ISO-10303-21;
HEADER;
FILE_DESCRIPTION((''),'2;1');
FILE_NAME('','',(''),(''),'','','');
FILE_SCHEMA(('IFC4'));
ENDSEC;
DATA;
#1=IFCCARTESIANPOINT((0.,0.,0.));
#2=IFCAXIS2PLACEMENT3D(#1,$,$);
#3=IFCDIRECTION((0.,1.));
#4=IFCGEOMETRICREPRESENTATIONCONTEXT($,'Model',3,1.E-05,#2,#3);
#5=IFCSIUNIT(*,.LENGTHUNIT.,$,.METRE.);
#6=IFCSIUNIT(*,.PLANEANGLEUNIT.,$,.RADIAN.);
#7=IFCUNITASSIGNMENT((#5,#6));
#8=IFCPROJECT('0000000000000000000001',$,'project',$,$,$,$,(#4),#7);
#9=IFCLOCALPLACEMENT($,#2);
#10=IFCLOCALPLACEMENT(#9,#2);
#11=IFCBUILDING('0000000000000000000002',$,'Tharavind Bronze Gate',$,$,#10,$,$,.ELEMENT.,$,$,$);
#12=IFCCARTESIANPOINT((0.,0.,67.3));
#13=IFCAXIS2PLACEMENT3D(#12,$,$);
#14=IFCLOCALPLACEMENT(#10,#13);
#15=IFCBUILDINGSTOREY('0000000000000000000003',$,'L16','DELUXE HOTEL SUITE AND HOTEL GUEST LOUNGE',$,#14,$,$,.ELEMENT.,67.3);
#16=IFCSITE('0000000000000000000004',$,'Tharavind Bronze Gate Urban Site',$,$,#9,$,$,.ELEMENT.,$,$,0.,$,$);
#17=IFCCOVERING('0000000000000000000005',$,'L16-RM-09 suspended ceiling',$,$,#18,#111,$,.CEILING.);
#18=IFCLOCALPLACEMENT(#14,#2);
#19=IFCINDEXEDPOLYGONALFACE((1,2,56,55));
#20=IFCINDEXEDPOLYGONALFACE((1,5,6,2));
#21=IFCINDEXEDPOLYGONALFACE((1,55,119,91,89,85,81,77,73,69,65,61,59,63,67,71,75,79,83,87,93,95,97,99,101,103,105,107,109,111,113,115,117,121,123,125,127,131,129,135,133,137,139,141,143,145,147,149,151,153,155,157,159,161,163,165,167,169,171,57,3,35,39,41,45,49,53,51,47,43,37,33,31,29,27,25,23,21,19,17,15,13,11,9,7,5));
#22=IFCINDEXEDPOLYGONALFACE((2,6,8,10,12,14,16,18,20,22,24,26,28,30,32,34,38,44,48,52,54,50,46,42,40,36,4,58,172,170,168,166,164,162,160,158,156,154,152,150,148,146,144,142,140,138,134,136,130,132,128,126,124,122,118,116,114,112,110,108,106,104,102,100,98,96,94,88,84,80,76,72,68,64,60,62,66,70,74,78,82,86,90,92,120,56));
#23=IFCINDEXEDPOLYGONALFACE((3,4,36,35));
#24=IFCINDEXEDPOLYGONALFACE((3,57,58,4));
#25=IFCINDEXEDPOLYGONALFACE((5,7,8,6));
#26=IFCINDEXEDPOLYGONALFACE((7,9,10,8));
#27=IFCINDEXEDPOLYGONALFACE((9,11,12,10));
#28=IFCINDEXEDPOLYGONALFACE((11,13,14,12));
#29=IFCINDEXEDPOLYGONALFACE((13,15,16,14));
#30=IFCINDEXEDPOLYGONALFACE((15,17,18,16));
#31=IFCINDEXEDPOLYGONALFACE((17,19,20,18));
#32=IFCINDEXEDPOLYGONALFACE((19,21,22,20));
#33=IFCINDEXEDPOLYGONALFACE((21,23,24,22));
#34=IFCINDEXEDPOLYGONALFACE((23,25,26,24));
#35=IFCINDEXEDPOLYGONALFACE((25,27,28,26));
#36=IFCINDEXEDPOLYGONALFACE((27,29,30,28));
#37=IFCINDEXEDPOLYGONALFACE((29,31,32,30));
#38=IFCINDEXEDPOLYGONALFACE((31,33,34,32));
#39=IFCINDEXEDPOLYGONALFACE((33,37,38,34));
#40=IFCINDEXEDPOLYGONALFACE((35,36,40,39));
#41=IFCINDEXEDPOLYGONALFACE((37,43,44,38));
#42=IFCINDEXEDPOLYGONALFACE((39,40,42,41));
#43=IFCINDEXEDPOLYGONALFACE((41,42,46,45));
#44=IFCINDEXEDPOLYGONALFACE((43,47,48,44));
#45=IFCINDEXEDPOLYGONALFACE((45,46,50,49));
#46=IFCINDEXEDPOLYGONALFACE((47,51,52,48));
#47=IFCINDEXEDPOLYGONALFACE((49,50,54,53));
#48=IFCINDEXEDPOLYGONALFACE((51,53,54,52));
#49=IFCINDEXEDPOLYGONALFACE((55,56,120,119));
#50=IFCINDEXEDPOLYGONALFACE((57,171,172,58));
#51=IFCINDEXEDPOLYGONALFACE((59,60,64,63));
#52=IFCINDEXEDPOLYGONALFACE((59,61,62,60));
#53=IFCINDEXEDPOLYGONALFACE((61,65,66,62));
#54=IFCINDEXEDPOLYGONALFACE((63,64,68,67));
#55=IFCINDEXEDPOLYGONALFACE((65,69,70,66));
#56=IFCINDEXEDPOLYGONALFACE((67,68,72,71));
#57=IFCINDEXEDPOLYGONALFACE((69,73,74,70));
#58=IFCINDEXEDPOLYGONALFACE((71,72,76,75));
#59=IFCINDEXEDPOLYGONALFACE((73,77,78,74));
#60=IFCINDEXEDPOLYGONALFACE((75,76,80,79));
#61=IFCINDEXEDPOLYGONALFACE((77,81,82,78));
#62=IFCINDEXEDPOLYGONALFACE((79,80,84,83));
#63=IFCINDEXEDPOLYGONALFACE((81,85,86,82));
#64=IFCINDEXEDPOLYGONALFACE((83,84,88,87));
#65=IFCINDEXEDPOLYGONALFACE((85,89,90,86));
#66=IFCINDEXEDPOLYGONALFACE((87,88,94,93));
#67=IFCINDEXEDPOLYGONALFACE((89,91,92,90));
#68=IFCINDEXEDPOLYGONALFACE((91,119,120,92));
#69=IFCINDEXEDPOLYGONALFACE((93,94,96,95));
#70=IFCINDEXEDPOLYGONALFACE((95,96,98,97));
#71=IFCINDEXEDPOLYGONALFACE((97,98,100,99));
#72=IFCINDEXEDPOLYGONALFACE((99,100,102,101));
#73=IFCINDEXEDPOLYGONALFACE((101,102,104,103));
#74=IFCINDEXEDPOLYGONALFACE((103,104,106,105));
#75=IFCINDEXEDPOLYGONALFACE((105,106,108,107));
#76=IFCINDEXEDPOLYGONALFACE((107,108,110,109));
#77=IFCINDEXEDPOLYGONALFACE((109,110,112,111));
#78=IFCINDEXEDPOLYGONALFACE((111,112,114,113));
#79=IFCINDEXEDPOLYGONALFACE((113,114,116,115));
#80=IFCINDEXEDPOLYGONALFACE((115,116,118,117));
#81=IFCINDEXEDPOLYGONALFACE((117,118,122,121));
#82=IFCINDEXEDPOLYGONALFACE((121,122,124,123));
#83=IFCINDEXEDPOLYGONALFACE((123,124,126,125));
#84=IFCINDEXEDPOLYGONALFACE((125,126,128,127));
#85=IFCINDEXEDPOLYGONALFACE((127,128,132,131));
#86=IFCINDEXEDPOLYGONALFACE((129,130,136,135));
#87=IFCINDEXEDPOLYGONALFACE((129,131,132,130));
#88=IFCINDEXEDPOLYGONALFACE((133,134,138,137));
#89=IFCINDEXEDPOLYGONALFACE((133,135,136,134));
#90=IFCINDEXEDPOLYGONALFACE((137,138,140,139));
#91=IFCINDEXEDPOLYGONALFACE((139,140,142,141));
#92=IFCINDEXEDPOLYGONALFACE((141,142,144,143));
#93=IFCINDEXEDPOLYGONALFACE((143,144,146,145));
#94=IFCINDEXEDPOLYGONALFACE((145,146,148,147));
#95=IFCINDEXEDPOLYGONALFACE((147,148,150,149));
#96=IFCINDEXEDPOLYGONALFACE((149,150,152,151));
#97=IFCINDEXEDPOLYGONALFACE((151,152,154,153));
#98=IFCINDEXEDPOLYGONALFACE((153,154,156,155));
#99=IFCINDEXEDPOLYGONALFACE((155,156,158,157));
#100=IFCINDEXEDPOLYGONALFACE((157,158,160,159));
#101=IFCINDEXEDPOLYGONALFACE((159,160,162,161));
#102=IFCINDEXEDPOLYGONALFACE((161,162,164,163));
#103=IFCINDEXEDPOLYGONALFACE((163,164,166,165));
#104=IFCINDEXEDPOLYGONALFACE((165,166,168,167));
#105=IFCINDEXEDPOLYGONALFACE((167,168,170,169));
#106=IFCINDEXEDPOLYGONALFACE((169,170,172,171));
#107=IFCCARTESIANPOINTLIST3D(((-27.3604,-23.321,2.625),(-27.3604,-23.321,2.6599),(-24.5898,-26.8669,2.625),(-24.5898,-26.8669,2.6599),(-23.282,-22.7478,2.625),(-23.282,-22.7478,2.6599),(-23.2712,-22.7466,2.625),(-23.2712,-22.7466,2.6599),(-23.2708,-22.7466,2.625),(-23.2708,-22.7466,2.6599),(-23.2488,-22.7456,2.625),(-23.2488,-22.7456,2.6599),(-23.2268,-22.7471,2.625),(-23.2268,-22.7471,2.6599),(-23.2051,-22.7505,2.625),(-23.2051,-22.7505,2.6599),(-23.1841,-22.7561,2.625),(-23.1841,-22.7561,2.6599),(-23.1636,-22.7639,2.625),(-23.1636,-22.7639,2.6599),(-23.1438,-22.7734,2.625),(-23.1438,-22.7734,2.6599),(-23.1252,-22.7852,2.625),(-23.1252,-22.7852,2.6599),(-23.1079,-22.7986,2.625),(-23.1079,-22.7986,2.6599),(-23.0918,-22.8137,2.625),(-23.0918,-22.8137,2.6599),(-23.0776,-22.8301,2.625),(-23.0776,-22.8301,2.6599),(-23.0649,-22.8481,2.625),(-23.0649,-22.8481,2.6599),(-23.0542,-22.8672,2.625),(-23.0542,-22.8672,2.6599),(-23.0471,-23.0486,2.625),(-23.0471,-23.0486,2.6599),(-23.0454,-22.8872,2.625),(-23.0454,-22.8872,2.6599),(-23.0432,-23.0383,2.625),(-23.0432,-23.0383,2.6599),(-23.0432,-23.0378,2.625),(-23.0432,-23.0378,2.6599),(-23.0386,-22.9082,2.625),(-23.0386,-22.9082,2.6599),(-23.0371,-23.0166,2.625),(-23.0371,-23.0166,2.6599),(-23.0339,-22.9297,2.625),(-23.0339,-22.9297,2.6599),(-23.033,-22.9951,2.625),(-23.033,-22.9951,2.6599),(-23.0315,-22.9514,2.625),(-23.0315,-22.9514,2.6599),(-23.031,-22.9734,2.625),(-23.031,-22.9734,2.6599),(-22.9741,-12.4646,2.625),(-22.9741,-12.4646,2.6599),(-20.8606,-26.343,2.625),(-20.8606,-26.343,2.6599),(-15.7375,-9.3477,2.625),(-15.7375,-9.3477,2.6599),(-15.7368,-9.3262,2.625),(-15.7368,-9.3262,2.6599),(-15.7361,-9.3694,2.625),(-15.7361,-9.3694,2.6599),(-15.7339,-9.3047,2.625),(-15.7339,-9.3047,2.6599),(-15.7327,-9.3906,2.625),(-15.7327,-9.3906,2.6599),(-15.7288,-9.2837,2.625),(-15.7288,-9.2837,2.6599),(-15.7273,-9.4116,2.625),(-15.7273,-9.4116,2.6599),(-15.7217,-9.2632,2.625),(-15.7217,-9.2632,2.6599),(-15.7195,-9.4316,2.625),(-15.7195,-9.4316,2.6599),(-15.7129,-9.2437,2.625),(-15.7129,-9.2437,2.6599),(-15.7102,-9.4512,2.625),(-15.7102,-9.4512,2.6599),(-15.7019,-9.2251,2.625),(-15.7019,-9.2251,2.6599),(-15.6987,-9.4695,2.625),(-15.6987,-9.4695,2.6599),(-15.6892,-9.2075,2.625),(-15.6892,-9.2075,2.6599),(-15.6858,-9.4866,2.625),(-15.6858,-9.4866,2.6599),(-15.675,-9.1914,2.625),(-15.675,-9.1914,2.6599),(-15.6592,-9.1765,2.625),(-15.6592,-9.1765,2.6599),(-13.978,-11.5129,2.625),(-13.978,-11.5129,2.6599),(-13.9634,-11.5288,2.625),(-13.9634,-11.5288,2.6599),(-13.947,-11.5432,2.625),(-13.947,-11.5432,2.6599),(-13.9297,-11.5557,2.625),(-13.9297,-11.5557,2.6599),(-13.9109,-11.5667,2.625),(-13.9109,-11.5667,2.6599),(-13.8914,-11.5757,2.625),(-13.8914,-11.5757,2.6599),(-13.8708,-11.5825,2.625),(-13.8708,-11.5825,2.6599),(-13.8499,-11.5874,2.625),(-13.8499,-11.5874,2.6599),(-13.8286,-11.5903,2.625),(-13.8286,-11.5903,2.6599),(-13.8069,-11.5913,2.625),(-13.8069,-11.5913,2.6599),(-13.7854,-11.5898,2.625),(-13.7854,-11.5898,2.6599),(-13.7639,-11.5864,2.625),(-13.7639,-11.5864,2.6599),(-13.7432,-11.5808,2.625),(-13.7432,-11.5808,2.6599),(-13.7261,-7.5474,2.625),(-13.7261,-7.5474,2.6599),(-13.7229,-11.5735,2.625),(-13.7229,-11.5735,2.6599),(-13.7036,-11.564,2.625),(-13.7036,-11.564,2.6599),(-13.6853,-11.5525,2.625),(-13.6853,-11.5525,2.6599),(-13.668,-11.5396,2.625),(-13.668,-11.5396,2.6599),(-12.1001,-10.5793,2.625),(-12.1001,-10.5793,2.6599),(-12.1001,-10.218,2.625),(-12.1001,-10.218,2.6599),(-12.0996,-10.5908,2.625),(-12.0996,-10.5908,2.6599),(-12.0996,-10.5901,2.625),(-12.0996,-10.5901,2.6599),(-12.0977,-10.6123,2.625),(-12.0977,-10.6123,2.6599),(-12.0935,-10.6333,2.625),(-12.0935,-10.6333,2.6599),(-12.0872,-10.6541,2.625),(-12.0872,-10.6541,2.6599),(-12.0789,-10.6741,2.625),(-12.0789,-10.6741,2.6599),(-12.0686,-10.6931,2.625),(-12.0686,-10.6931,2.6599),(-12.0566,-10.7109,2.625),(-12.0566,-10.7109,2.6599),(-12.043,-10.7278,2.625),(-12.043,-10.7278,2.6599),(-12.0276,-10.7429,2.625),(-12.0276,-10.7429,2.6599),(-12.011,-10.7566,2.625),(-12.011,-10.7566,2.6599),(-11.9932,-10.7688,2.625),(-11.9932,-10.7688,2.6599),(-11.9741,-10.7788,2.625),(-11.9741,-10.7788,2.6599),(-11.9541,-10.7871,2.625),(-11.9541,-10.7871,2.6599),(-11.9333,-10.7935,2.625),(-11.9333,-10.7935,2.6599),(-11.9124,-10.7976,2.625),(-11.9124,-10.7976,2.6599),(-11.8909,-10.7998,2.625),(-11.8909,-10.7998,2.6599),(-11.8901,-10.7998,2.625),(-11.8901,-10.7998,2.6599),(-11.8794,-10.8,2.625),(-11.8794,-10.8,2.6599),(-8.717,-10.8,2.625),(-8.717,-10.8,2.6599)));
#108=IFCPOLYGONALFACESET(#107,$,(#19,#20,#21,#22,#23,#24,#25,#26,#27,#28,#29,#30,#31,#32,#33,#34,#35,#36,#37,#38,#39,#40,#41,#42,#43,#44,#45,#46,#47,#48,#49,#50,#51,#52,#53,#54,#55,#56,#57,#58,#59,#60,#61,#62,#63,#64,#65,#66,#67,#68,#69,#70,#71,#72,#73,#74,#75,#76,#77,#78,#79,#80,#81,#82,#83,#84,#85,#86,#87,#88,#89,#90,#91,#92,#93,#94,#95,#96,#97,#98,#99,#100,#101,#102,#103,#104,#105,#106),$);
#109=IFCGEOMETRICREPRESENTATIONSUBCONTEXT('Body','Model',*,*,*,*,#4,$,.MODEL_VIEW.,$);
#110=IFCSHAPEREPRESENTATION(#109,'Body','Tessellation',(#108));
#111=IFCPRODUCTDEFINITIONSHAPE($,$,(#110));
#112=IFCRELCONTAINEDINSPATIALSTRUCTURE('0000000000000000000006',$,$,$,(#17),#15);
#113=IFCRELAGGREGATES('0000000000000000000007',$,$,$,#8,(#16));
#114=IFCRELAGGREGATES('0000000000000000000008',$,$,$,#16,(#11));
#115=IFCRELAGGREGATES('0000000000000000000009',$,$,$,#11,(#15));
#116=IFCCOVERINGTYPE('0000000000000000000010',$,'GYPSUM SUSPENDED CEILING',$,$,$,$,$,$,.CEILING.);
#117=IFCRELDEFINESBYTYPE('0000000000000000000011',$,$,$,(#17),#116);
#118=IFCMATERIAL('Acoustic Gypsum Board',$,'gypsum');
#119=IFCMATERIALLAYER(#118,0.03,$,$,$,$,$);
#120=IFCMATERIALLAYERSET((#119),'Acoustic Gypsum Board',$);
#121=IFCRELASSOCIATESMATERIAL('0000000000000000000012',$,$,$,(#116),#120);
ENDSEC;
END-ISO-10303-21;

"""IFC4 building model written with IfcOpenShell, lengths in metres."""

from ifc_helpers import new_model, si_unit, direction, frame, origin, place, context, subcontext, project, spatial, polyline, outline, extrude, material, layer, layer_set, type_object, element, save


model = new_model("IFC4")

# Units and contexts
model_context = context("Model", 3, precision=1e-05, world=origin(), true_north=direction((0.0, 1.0)))
body_context = subcontext(model_context, "Body", "Model", "MODEL_VIEW")
ifc_project = project(units=[si_unit("LENGTHUNIT", "METRE"), si_unit("PLANEANGLEUNIT", "RADIAN")], contexts=[model_context])

# Site, building, storey
site_placement = place(None, origin())
site = spatial("IfcSite", under=ifc_project, at=site_placement, Name="Tharavind Bronze Gate Urban Site", CompositionType="ELEMENT", RefElevation=0.0)
building_placement = place(site_placement, origin())
building = spatial("IfcBuilding", under=site, at=building_placement, Name="Tharavind Bronze Gate", CompositionType="ELEMENT")
storey_placement = place(building_placement, frame((0.0, 0.0, 67.3)))
storey = spatial("IfcBuildingStorey", under=building, at=storey_placement, Name="L16", Description="DELUXE HOTEL SUITE AND HOTEL GUEST LOUNGE", CompositionType="ELEMENT", Elevation=67.3)

# Covering
ifc_material_1 = material(Name="Acoustic Gypsum Board", Category="gypsum")
ifc_layer_1 = layer(ifc_material_1, 0.03)
ifc_layer_set_1 = layer_set([ifc_layer_1], Name="Acoustic Gypsum Board")
covering_type_1 = type_object("IfcCoveringType", Name="GYPSUM SUSPENDED CEILING", PredefinedType="CEILING", material=ifc_layer_set_1)
covering_1_placement = place(storey_placement, frame((0.0, 0.0, 2.625)))
element("IfcCovering", 1, at=covering_1_placement, inside=storey, type_object=covering_type_1, Name="L16-RM-09 suspended ceiling", PredefinedType="CEILING", context=body_context, shape_type="SweptSolid", body=[
    extrude(outline(polyline([(-23.282, -22.7478), (-23.2712, -22.7466), (-23.2708, -22.7466), (-23.2488, -22.7456), (-23.2268, -22.7471), (-23.2051, -22.7505), (-23.1841, -22.7561), (-23.1636, -22.7639), (-23.1438, -22.7734), (-23.1252, -22.7852), (-23.1079, -22.7986), (-23.0918, -22.8137), (-23.0776, -22.8301), (-23.0649, -22.8481), (-23.0542, -22.8672), (-23.0454, -22.8872), (-23.0386, -22.9082), (-23.0339, -22.9297), (-23.0315, -22.9514), (-23.031, -22.9734), (-23.033, -22.9951), (-23.0371, -23.0166), (-23.0432, -23.0378), (-23.0432, -23.0383), (-23.0471, -23.0486), (-24.5898, -26.8669), (-20.8606, -26.343), (-8.717, -10.8), (-11.8794, -10.8), (-11.8901, -10.7998), (-11.8909, -10.7998), (-11.9124, -10.7976), (-11.9333, -10.7935), (-11.9541, -10.7871), (-11.9741, -10.7788), (-11.9932, -10.7688), (-12.011, -10.7566), (-12.0276, -10.7429), (-12.043, -10.7278), (-12.0566, -10.7109), (-12.0686, -10.6931), (-12.0789, -10.6741), (-12.0872, -10.6541), (-12.0935, -10.6333), (-12.0977, -10.6123), (-12.0996, -10.5908), (-12.0996, -10.5901), (-12.1001, -10.5793), (-12.1001, -10.218), (-13.668, -11.5396), (-13.6853, -11.5525), (-13.7036, -11.564), (-13.7229, -11.5735), (-13.7432, -11.5808), (-13.7639, -11.5864), (-13.7854, -11.5898), (-13.8069, -11.5913), (-13.8286, -11.5903), (-13.8499, -11.5874), (-13.8708, -11.5825), (-13.8914, -11.5757), (-13.9109, -11.5667), (-13.9297, -11.5557), (-13.947, -11.5432), (-13.9634, -11.5288), (-13.978, -11.5129), (-15.6858, -9.4866), (-15.6987, -9.4695), (-15.7102, -9.4512), (-15.7195, -9.4316), (-15.7273, -9.4116), (-15.7327, -9.3906), (-15.7361, -9.3694), (-15.7375, -9.3477), (-15.7368, -9.3262), (-15.7339, -9.3047), (-15.7288, -9.2837), (-15.7217, -9.2632), (-15.7129, -9.2437), (-15.7019, -9.2251), (-15.6892, -9.2075), (-15.675, -9.1914), (-15.6592, -9.1765), (-13.7261, -7.5474), (-22.9741, -12.4646), (-27.3604, -23.321), (-23.282, -22.7478)])), origin(), (0.0, 0.0, 1.0), 0.0349),
])

save(model, "model.ifc")
